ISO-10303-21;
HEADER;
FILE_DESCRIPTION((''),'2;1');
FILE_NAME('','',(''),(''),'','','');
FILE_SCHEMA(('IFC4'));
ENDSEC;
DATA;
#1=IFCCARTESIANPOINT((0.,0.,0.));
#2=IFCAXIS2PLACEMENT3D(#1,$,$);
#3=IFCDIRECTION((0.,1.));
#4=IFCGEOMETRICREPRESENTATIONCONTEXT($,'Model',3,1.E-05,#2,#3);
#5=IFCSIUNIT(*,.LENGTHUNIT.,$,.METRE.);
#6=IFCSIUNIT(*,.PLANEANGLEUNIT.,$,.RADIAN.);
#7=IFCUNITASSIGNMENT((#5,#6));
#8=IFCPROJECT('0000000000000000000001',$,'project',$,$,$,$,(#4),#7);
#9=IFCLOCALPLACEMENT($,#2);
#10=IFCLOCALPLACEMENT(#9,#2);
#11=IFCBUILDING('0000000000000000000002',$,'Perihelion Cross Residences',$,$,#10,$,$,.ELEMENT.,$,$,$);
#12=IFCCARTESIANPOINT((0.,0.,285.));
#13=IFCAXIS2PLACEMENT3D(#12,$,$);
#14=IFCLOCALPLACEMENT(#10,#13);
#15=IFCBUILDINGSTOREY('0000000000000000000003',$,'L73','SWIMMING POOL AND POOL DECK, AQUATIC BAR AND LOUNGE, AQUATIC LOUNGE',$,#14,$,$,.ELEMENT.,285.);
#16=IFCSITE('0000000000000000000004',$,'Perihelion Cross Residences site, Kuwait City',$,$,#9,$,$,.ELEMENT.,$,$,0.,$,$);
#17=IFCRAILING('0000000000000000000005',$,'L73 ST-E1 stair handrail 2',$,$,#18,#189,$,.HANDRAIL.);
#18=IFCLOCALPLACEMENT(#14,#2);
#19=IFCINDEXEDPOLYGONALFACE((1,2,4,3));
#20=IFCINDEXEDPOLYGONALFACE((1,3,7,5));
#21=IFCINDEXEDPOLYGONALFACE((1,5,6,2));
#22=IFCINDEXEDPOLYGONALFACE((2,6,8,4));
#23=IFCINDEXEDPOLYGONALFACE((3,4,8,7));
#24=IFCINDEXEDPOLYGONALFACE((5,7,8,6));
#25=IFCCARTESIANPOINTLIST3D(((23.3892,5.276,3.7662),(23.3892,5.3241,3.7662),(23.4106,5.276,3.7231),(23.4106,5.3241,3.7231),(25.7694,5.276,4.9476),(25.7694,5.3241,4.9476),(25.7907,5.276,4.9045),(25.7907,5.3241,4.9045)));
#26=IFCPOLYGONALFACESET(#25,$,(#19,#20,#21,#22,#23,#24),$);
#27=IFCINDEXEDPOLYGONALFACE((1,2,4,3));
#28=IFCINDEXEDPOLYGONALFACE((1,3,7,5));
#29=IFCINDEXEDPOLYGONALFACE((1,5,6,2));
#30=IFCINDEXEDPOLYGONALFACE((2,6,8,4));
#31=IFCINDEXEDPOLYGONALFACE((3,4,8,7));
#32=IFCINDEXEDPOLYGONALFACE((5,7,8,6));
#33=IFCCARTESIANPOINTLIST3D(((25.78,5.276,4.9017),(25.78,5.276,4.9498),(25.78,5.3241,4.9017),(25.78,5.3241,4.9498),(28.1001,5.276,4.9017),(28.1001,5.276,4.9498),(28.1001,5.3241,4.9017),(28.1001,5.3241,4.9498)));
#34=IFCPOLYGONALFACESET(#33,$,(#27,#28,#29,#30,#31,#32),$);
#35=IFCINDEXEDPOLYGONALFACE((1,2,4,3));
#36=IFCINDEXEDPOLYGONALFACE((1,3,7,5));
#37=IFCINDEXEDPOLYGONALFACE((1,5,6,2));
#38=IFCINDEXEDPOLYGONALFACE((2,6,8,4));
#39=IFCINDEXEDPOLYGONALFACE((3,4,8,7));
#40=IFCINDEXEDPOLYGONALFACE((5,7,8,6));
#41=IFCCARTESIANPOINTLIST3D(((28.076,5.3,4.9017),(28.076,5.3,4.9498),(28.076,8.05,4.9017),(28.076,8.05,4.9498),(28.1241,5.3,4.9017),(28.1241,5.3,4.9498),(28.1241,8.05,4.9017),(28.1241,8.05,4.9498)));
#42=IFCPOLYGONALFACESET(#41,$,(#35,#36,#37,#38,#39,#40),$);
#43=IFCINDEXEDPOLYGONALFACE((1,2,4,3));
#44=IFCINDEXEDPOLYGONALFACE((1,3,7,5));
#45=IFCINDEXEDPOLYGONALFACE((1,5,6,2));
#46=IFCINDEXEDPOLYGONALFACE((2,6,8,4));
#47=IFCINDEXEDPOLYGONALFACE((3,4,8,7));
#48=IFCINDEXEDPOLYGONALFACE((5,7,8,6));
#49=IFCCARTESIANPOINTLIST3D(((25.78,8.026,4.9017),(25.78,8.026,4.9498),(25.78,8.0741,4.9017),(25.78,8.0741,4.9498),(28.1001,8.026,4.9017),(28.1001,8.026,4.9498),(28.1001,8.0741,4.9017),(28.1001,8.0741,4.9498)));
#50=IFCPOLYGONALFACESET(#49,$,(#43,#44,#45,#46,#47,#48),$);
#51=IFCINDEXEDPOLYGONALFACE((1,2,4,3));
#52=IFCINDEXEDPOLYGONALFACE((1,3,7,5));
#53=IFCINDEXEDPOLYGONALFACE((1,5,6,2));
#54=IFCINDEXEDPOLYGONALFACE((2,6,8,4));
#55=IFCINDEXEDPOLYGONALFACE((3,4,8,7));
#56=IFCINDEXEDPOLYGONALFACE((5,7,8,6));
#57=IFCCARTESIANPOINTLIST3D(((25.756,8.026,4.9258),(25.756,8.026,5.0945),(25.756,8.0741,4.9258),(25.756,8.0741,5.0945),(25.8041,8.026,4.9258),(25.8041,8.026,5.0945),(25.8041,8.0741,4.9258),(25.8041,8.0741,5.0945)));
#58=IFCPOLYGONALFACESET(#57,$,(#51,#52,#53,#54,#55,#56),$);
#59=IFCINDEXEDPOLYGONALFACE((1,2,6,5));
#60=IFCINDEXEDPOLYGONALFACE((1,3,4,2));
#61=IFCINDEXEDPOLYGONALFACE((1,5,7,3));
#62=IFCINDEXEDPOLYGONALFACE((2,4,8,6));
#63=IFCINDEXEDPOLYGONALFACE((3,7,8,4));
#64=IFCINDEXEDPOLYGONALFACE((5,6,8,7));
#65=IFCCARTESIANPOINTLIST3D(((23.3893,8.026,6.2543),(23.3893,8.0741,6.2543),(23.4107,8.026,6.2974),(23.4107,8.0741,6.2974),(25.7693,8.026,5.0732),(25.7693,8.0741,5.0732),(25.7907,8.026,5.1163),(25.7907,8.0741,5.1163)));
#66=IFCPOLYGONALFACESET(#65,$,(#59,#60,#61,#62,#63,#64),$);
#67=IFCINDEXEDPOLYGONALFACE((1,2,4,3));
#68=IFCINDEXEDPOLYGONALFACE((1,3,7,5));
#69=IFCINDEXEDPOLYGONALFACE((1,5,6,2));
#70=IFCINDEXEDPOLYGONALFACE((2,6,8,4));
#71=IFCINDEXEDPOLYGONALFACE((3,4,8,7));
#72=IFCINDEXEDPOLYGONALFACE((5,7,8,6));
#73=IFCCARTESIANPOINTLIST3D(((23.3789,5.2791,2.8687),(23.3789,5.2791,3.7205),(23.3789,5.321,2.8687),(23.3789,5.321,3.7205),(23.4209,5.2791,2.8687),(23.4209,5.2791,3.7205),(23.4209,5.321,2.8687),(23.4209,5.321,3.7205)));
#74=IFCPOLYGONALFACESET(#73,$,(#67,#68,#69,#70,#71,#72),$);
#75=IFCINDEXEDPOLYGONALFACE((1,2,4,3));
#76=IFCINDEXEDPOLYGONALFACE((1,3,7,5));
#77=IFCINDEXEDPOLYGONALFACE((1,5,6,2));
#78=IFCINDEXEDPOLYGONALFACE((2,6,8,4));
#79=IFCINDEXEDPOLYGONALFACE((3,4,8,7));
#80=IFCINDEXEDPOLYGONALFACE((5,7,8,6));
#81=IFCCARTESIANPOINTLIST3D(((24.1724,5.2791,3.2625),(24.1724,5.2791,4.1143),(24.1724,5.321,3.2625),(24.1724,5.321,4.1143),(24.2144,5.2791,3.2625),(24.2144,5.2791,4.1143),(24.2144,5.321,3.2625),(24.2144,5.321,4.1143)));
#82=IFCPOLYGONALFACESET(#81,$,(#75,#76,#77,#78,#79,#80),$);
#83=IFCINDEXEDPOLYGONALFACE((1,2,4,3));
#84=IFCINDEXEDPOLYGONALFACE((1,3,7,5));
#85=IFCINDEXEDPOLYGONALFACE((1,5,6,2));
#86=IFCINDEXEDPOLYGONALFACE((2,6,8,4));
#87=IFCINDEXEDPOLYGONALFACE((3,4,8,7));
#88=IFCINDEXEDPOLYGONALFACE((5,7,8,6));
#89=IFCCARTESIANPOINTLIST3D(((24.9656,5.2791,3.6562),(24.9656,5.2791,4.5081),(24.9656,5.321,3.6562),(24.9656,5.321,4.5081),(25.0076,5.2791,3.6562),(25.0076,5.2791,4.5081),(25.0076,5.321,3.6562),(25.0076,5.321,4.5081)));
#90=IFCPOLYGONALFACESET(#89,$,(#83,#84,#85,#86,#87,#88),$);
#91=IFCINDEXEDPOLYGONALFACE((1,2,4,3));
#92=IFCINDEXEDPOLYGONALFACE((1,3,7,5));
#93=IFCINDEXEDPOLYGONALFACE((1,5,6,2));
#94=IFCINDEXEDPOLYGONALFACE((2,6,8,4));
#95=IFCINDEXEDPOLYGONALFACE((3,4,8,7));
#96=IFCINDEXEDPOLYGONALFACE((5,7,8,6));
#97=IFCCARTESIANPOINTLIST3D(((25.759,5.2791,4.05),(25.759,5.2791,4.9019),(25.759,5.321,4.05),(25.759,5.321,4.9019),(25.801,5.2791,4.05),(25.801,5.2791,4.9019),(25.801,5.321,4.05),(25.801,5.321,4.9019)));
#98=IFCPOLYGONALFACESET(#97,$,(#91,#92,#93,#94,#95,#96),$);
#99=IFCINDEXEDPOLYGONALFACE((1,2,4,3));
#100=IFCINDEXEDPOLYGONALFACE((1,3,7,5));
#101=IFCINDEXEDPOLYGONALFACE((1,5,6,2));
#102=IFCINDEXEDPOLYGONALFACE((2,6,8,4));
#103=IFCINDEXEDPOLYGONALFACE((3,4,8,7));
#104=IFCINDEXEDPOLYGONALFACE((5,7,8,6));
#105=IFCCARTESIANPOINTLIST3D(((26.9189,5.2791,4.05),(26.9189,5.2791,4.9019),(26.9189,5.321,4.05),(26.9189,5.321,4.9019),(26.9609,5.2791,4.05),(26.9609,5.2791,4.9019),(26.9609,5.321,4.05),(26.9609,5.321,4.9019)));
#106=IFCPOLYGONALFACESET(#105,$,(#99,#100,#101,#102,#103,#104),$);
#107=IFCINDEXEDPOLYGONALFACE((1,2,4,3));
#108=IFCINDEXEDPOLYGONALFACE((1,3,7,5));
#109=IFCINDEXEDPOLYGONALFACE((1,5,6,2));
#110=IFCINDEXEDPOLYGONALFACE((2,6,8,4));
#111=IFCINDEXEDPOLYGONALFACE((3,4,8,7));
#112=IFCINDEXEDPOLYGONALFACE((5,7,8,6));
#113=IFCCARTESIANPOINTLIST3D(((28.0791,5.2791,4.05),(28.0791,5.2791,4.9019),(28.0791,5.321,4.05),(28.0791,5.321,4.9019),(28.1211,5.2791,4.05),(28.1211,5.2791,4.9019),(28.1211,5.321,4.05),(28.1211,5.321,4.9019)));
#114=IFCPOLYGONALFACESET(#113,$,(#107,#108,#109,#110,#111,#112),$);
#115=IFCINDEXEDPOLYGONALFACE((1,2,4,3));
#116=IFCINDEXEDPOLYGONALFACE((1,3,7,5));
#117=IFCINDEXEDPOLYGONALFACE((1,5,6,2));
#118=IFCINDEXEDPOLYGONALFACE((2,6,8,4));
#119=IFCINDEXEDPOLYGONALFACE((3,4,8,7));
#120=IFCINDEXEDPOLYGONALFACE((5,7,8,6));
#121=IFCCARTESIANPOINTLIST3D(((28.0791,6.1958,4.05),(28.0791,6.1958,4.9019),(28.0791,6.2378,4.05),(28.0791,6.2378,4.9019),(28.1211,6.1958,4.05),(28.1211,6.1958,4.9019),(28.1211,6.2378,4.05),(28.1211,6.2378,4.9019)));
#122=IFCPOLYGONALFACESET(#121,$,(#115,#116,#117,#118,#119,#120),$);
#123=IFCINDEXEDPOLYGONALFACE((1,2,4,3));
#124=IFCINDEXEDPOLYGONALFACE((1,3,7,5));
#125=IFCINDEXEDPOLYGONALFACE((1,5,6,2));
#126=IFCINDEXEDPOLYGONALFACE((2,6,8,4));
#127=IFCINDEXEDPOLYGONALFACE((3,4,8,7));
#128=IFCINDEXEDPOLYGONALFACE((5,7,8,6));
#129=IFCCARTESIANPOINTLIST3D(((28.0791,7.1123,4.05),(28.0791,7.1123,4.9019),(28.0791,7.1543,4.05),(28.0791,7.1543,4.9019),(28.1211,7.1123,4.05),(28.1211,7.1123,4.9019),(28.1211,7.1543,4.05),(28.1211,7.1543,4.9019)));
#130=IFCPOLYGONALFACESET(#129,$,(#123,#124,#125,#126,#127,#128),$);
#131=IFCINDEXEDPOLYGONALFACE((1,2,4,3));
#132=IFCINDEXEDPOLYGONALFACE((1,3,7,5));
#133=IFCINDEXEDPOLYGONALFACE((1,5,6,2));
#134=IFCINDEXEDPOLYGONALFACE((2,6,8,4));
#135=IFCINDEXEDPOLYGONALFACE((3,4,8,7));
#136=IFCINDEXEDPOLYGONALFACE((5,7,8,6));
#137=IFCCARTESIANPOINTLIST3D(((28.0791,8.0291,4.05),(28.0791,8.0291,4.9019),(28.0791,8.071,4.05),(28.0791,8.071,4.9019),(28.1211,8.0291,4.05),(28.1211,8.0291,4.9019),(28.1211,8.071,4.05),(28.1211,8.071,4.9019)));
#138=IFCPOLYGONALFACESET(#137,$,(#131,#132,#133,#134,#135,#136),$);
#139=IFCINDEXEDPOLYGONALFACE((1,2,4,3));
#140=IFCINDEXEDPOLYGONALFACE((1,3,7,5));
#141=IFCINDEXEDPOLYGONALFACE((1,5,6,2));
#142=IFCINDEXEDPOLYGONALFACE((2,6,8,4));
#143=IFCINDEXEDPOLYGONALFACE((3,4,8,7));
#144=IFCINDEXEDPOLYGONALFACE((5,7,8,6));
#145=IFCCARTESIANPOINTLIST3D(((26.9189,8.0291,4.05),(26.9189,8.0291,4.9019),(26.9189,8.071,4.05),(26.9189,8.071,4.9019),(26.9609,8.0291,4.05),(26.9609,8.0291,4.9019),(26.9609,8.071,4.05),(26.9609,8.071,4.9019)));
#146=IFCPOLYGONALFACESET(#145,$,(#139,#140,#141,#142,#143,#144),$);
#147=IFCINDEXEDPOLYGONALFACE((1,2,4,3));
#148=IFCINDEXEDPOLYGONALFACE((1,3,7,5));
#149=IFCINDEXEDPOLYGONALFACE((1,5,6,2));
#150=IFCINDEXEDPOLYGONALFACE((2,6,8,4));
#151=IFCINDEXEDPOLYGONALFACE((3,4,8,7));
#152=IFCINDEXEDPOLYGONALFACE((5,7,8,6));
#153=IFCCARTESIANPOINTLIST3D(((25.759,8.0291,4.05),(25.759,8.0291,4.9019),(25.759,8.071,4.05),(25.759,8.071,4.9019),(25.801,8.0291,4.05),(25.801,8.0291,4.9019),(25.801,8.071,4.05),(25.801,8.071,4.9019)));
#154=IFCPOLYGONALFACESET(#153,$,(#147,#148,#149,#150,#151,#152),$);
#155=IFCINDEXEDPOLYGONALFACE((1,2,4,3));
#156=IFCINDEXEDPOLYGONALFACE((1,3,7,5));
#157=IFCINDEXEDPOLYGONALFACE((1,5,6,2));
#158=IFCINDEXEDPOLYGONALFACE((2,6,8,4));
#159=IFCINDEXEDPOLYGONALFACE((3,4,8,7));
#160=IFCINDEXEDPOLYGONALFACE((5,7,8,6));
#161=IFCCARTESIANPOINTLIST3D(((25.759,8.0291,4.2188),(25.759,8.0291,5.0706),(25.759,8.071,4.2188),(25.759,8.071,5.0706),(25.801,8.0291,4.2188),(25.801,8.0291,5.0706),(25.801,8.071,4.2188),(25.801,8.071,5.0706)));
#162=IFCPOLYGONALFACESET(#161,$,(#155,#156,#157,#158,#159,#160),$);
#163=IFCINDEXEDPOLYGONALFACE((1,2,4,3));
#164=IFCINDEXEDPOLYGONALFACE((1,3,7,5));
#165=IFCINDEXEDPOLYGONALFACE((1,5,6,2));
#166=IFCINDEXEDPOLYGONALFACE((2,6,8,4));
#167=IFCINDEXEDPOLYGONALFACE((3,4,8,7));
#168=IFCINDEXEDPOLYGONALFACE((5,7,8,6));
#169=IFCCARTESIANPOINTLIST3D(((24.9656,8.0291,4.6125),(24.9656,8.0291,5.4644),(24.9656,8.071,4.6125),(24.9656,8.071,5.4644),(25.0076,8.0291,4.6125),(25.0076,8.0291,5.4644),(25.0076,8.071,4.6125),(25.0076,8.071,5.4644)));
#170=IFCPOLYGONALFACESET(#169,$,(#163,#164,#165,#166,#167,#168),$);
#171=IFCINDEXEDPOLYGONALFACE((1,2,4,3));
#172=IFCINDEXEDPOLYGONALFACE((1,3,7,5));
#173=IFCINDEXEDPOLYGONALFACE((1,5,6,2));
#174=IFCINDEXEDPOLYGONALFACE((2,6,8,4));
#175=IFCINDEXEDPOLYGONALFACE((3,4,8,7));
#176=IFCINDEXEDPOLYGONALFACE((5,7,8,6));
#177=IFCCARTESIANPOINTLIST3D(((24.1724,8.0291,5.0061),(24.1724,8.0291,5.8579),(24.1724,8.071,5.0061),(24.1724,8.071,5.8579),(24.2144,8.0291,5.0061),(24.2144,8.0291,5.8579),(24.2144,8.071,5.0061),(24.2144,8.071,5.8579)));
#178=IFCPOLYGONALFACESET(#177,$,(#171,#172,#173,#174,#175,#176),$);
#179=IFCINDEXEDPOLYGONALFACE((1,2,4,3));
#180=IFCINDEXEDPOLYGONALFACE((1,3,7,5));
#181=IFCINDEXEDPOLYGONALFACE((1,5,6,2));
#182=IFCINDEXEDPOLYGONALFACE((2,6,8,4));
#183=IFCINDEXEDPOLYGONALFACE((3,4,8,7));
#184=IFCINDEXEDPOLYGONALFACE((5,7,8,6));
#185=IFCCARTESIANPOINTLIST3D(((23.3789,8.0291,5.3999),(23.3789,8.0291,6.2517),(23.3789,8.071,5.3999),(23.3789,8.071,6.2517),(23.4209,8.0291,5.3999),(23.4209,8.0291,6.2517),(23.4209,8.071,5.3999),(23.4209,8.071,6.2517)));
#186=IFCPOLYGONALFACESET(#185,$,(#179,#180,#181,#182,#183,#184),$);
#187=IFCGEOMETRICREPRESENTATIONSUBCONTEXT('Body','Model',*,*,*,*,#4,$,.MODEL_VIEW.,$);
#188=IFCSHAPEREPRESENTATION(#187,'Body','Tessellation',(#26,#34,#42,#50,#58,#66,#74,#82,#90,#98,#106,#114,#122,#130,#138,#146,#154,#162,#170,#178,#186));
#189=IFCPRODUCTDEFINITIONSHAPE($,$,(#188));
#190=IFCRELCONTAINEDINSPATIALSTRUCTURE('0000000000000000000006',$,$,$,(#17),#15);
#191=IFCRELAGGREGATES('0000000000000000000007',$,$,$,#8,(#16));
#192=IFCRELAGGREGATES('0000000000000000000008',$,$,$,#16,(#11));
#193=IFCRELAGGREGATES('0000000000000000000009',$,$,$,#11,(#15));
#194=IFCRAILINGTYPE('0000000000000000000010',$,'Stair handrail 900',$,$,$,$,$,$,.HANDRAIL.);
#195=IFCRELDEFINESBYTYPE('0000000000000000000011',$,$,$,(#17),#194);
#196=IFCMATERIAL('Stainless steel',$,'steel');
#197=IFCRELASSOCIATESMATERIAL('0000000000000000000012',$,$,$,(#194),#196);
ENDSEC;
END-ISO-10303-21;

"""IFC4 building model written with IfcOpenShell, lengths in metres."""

from ifc_helpers import new_model, si_unit, direction, frame, origin, origin_2d, place, context, subcontext, project, spatial, rectangle, extrude, material, type_object, element, save


model = new_model("IFC4")

# Units and contexts
model_context = context("Model", 3, precision=1e-05, world=origin(), true_north=direction((0.0, 1.0)))
body_context = subcontext(model_context, "Body", "Model", "MODEL_VIEW")
ifc_project = project(units=[si_unit("LENGTHUNIT", "METRE"), si_unit("PLANEANGLEUNIT", "RADIAN")], contexts=[model_context])

# Site, building, storey
site_placement = place(None, origin())
site = spatial("IfcSite", under=ifc_project, at=site_placement, Name="Perihelion Cross Residences site, Kuwait City", CompositionType="ELEMENT", RefElevation=0.0)
building_placement = place(site_placement, origin())
building = spatial("IfcBuilding", under=site, at=building_placement, Name="Perihelion Cross Residences", CompositionType="ELEMENT")
storey_placement = place(building_placement, frame((0.0, 0.0, 285.0)))
storey = spatial("IfcBuildingStorey", under=building, at=storey_placement, Name="L73", Description="SWIMMING POOL AND POOL DECK, AQUATIC BAR AND LOUNGE, AQUATIC LOUNGE", CompositionType="ELEMENT", Elevation=285.0)

# Railing
ifc_material_1 = material(Name="Stainless steel", Category="steel")
railing_type_1 = type_object("IfcRailingType", Name="Stair handrail 900", PredefinedType="HANDRAIL", material=ifc_material_1)
railing_1_placement = place(storey_placement, frame((23.3999, 5.3, 2.8687)))
element("IfcRailing", 1, at=railing_1_placement, inside=storey, type_object=railing_type_1, Name="L73 ST-E1 stair handrail 2", PredefinedType="HANDRAIL", context=body_context, shape_type="SweptSolid", body=[
    extrude(rectangle(XDim=0.0481, YDim=0.0481, at=origin_2d()), frame((0.0, 0.0, 0.876), z_axis=(0.895728, 0.0, 0.444602), x_axis=(0.0, 1.0, 0.0)), (0.0, 0.0, 1.0), 2.6572),
    extrude(rectangle(XDim=0.0481, YDim=0.0481, at=origin_2d()), frame((2.3801, 0.0, 2.0571), z_axis=(1.0, 0.0, 0.0), x_axis=(0.0, 1.0, 0.0)), (0.0, 0.0, 1.0), 2.3201),
    extrude(rectangle(XDim=0.0481, YDim=0.0481, at=origin_2d()), frame((4.7002, 0.0, 2.0571), z_axis=(0.0, 1.0, 0.0), x_axis=(-1.0, 0.0, 0.0)), (0.0, 0.0, 1.0), 2.75),
    extrude(rectangle(XDim=0.0481, YDim=0.0481, at=origin_2d()), frame((4.7002, 2.75, 2.0571), z_axis=(-1.0, 0.0, 0.0), x_axis=(0.0, -1.0, 0.0)), (0.0, 0.0, 1.0), 2.3201),
    extrude(rectangle(XDim=0.0481, YDim=0.0481, at=origin_2d()), frame((2.3801, 2.75, 2.0571), z_axis=(0.0, 0.0, 1.0), x_axis=(1.0, 0.0, 0.0)), (0.0, 0.0, 1.0), 0.1687),
    extrude(rectangle(XDim=0.0481, YDim=0.0481, at=origin_2d()), frame((2.3801, 2.75, 2.2261), z_axis=(-0.895765, 0.0, 0.444529), x_axis=(0.0, -1.0, 0.0)), (0.0, 0.0, 1.0), 2.657),
    extrude(rectangle(XDim=0.042, YDim=0.042, at=origin_2d()), origin(), (0.0, 0.0, 1.0), 0.8518),
    extrude(rectangle(XDim=0.042, YDim=0.042, at=origin_2d()), frame((0.7935, 0.0, 0.3938)), (0.0, 0.0, 1.0), 0.8518),
    extrude(rectangle(XDim=0.042, YDim=0.042, at=origin_2d()), frame((1.5867, 0.0, 0.7876)), (0.0, 0.0, 1.0), 0.8518),
    extrude(rectangle(XDim=0.042, YDim=0.042, at=origin_2d()), frame((2.3801, 0.0, 1.1814)), (0.0, 0.0, 1.0), 0.8518),
    extrude(rectangle(XDim=0.042, YDim=0.042, at=origin_2d()), frame((3.54, 0.0, 1.1814)), (0.0, 0.0, 1.0), 0.8518),
    extrude(rectangle(XDim=0.042, YDim=0.042, at=origin_2d()), frame((4.7002, 0.0, 1.1814)), (0.0, 0.0, 1.0), 0.8518),
    extrude(rectangle(XDim=0.042, YDim=0.042, at=origin_2d()), frame((4.7002, 0.9167, 1.1814)), (0.0, 0.0, 1.0), 0.8518),
    extrude(rectangle(XDim=0.042, YDim=0.042, at=origin_2d()), frame((4.7002, 1.8333, 1.1814)), (0.0, 0.0, 1.0), 0.8518),
    extrude(rectangle(XDim=0.042, YDim=0.042, at=origin_2d()), frame((4.7002, 2.75, 1.1814)), (0.0, 0.0, 1.0), 0.8518),
    extrude(rectangle(XDim=0.042, YDim=0.042, at=origin_2d()), frame((3.54, 2.75, 1.1814)), (0.0, 0.0, 1.0), 0.8518),
    extrude(rectangle(XDim=0.042, YDim=0.042, at=origin_2d()), frame((2.3801, 2.75, 1.1814)), (0.0, 0.0, 1.0), 0.8518),
    extrude(rectangle(XDim=0.042, YDim=0.042, at=origin_2d()), frame((2.3801, 2.75, 1.3501)), (0.0, 0.0, 1.0), 0.8518),
    extrude(rectangle(XDim=0.042, YDim=0.042, at=origin_2d()), frame((1.5867, 2.75, 1.7439)), (0.0, 0.0, 1.0), 0.8518),
    extrude(rectangle(XDim=0.042, YDim=0.042, at=origin_2d()), frame((0.7935, 2.75, 2.1375)), (0.0, 0.0, 1.0), 0.8518),
    extrude(rectangle(XDim=0.042, YDim=0.042, at=origin_2d()), frame((0.0, 2.75, 2.5312)), (0.0, 0.0, 1.0), 0.8518),
])

save(model, "model.ifc")
